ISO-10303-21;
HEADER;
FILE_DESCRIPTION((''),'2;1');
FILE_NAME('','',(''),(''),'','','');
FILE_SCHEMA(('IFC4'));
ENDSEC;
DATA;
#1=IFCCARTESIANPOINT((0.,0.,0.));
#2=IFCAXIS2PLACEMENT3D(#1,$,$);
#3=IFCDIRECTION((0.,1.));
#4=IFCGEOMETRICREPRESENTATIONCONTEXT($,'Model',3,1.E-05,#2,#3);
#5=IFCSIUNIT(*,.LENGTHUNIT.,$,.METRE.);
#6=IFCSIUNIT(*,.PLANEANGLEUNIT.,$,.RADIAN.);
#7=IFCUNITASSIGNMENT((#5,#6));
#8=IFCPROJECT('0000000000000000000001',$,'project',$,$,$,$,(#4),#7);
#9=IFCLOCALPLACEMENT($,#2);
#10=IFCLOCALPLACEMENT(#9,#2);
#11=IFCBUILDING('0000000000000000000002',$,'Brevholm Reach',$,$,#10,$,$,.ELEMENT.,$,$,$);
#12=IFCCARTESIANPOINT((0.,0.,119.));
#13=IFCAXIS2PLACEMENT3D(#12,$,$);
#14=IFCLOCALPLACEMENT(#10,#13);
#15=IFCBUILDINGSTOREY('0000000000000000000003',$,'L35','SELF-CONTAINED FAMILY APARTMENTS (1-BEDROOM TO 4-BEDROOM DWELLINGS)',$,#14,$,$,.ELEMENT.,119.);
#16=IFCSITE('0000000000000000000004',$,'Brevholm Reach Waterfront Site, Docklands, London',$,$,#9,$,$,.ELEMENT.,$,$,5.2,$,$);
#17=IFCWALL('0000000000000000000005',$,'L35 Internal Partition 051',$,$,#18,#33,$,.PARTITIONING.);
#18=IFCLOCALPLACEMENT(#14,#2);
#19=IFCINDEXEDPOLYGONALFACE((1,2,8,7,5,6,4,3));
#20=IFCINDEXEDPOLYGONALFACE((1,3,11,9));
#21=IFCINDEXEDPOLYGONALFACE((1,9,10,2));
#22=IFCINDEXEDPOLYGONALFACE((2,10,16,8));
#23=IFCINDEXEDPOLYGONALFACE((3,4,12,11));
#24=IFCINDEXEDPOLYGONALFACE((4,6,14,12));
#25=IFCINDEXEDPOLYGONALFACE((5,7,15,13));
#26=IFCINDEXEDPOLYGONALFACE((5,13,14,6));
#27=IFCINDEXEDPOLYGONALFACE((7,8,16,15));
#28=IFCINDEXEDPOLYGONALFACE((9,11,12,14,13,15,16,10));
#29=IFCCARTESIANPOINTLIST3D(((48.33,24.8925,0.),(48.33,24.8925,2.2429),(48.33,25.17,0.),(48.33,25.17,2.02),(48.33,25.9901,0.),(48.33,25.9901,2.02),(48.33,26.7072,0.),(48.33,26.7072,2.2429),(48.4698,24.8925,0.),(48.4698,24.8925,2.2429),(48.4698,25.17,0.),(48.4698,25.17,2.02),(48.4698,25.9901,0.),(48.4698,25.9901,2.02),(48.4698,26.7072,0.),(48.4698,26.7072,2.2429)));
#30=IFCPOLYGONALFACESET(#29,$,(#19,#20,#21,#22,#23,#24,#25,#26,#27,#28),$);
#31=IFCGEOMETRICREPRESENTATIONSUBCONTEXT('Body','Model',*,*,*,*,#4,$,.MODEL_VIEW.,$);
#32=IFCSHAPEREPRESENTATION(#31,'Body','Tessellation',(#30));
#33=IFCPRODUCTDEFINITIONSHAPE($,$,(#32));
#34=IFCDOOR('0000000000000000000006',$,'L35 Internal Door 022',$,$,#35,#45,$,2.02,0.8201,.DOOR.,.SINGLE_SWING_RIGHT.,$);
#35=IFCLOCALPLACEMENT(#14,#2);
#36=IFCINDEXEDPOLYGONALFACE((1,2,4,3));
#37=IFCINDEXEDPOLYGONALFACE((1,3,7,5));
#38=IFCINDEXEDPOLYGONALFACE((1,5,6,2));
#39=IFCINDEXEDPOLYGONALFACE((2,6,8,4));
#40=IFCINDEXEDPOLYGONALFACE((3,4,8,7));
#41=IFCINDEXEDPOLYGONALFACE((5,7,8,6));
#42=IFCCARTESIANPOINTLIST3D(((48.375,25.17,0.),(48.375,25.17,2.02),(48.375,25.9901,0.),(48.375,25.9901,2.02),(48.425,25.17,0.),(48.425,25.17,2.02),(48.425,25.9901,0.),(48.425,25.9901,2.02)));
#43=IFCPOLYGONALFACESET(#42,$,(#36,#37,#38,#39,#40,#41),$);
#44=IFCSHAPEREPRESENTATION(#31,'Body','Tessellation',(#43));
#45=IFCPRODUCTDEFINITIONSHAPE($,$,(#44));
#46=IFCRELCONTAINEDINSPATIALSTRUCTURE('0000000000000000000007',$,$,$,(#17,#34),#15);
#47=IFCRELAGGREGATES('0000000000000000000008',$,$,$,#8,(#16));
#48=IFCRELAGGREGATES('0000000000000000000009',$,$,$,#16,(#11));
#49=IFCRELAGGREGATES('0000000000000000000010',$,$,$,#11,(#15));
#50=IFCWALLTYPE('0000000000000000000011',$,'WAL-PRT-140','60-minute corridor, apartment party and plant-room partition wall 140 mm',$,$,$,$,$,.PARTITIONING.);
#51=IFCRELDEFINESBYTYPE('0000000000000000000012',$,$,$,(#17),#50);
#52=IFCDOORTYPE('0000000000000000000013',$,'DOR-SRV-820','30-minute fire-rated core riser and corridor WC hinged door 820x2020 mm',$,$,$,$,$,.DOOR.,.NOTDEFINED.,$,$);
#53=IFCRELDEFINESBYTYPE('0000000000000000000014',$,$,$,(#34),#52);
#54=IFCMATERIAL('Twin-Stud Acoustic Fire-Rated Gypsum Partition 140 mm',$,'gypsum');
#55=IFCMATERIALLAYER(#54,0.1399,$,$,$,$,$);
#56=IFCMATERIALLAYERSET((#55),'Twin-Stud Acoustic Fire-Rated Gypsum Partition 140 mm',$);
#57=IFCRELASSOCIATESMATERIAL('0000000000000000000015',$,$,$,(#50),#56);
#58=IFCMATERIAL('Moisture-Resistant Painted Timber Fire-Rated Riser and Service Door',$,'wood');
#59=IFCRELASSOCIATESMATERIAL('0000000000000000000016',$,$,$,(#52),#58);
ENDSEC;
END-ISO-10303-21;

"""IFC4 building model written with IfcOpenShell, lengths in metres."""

from ifc_helpers import new_model, si_unit, direction, frame, frame_2d, origin, place, context, subcontext, project, spatial, rectangle, extrude, material, layer, layer_set, type_object, element, fill, save


model = new_model("IFC4")

# Units and contexts
model_context = context("Model", 3, precision=1e-05, world=origin(), true_north=direction((0.0, 1.0)))
body_context = subcontext(model_context, "Body", "Model", "MODEL_VIEW")
ifc_project = project(units=[si_unit("LENGTHUNIT", "METRE"), si_unit("PLANEANGLEUNIT", "RADIAN")], contexts=[model_context])

# Site, building, storey
site_placement = place(None, origin())
site = spatial("IfcSite", under=ifc_project, at=site_placement, Name="Brevholm Reach Waterfront Site, Docklands, London", CompositionType="ELEMENT", RefElevation=5.2)
building_placement = place(site_placement, origin())
building = spatial("IfcBuilding", under=site, at=building_placement, Name="Brevholm Reach", CompositionType="ELEMENT")
storey_placement = place(building_placement, frame((0.0, 0.0, 119.0)))
storey = spatial("IfcBuildingStorey", under=building, at=storey_placement, Name="L35", Description="SELF-CONTAINED FAMILY APARTMENTS (1-BEDROOM TO 4-BEDROOM DWELLINGS)", CompositionType="ELEMENT", Elevation=119.0)

# Wall, opening, door
ifc_material_1 = material(Name="Twin-Stud Acoustic Fire-Rated Gypsum Partition 140 mm", Category="gypsum")
ifc_layer_1 = layer(ifc_material_1, 0.1399)
ifc_layer_set_1 = layer_set([ifc_layer_1], Name="Twin-Stud Acoustic Fire-Rated Gypsum Partition 140 mm")
wall_type_1 = type_object("IfcWallType", Name="WAL-PRT-140", Description="60-minute corridor, apartment party and plant-room partition wall 140 mm", PredefinedType="PARTITIONING", material=ifc_layer_set_1)
wall_1_placement = place(storey_placement, frame((48.3999, 24.8926, 0.0), z_axis=(0.0, 0.0, 1.0), x_axis=(0.0, 1.0, 0.0)))
wall_1 = element("IfcWall", 1, at=wall_1_placement, inside=storey, type_object=wall_type_1, Name="L35 Internal Partition 051", PredefinedType="PARTITIONING", context=body_context, shape_type="SweptSolid", body=[
    extrude(rectangle(XDim=1.8147, YDim=0.1399, at=frame_2d((0.9072, 0.0))), origin(), (0.0, 0.0, 1.0), 2.2429),
])
opening_1_placement = place(wall_1_placement, frame((0.2773, 0.0, 0.0)))
opening_1 = element("IfcOpeningElement", 2, at=opening_1_placement, cuts=wall_1, PredefinedType="OPENING", context=body_context, shape_type="SweptSolid", body=[
    extrude(rectangle(XDim=0.8201, YDim=2.02, at=frame_2d((0.4102, 1.01))), frame((0.0, 0.0798, 0.0), z_axis=(0.0, -1.0, 0.0), x_axis=(1.0, 0.0, 0.0)), (0.0, 0.0, 1.0), 0.1599),
])
ifc_material_2 = material(Name="Moisture-Resistant Painted Timber Fire-Rated Riser and Service Door", Category="wood")
door_type_1 = type_object("IfcDoorType", Name="DOR-SRV-820", Description="30-minute fire-rated core riser and corridor WC hinged door 820x2020 mm", OperationType="NOTDEFINED", PredefinedType="DOOR", material=ifc_material_2)
door_1_placement = place(opening_1_placement, origin())
door_1 = element("IfcDoor", 3, at=door_1_placement, inside=storey, type_object=door_type_1, Name="L35 Internal Door 022", OperationType="SINGLE_SWING_RIGHT", OverallHeight=2.02, OverallWidth=0.8201, PredefinedType="DOOR", context=body_context, shape_type="SweptSolid", body=[
    extrude(rectangle(XDim=0.8201, YDim=2.02, at=frame_2d((0.4102, 1.01))), frame((0.0, 0.0249, 0.0), z_axis=(0.0, -1.0, 0.0), x_axis=(1.0, 0.0, 0.0)), (0.0, 0.0, 1.0), 0.05),
])
fill(opening_1, door_1)

save(model, "model.ifc")
